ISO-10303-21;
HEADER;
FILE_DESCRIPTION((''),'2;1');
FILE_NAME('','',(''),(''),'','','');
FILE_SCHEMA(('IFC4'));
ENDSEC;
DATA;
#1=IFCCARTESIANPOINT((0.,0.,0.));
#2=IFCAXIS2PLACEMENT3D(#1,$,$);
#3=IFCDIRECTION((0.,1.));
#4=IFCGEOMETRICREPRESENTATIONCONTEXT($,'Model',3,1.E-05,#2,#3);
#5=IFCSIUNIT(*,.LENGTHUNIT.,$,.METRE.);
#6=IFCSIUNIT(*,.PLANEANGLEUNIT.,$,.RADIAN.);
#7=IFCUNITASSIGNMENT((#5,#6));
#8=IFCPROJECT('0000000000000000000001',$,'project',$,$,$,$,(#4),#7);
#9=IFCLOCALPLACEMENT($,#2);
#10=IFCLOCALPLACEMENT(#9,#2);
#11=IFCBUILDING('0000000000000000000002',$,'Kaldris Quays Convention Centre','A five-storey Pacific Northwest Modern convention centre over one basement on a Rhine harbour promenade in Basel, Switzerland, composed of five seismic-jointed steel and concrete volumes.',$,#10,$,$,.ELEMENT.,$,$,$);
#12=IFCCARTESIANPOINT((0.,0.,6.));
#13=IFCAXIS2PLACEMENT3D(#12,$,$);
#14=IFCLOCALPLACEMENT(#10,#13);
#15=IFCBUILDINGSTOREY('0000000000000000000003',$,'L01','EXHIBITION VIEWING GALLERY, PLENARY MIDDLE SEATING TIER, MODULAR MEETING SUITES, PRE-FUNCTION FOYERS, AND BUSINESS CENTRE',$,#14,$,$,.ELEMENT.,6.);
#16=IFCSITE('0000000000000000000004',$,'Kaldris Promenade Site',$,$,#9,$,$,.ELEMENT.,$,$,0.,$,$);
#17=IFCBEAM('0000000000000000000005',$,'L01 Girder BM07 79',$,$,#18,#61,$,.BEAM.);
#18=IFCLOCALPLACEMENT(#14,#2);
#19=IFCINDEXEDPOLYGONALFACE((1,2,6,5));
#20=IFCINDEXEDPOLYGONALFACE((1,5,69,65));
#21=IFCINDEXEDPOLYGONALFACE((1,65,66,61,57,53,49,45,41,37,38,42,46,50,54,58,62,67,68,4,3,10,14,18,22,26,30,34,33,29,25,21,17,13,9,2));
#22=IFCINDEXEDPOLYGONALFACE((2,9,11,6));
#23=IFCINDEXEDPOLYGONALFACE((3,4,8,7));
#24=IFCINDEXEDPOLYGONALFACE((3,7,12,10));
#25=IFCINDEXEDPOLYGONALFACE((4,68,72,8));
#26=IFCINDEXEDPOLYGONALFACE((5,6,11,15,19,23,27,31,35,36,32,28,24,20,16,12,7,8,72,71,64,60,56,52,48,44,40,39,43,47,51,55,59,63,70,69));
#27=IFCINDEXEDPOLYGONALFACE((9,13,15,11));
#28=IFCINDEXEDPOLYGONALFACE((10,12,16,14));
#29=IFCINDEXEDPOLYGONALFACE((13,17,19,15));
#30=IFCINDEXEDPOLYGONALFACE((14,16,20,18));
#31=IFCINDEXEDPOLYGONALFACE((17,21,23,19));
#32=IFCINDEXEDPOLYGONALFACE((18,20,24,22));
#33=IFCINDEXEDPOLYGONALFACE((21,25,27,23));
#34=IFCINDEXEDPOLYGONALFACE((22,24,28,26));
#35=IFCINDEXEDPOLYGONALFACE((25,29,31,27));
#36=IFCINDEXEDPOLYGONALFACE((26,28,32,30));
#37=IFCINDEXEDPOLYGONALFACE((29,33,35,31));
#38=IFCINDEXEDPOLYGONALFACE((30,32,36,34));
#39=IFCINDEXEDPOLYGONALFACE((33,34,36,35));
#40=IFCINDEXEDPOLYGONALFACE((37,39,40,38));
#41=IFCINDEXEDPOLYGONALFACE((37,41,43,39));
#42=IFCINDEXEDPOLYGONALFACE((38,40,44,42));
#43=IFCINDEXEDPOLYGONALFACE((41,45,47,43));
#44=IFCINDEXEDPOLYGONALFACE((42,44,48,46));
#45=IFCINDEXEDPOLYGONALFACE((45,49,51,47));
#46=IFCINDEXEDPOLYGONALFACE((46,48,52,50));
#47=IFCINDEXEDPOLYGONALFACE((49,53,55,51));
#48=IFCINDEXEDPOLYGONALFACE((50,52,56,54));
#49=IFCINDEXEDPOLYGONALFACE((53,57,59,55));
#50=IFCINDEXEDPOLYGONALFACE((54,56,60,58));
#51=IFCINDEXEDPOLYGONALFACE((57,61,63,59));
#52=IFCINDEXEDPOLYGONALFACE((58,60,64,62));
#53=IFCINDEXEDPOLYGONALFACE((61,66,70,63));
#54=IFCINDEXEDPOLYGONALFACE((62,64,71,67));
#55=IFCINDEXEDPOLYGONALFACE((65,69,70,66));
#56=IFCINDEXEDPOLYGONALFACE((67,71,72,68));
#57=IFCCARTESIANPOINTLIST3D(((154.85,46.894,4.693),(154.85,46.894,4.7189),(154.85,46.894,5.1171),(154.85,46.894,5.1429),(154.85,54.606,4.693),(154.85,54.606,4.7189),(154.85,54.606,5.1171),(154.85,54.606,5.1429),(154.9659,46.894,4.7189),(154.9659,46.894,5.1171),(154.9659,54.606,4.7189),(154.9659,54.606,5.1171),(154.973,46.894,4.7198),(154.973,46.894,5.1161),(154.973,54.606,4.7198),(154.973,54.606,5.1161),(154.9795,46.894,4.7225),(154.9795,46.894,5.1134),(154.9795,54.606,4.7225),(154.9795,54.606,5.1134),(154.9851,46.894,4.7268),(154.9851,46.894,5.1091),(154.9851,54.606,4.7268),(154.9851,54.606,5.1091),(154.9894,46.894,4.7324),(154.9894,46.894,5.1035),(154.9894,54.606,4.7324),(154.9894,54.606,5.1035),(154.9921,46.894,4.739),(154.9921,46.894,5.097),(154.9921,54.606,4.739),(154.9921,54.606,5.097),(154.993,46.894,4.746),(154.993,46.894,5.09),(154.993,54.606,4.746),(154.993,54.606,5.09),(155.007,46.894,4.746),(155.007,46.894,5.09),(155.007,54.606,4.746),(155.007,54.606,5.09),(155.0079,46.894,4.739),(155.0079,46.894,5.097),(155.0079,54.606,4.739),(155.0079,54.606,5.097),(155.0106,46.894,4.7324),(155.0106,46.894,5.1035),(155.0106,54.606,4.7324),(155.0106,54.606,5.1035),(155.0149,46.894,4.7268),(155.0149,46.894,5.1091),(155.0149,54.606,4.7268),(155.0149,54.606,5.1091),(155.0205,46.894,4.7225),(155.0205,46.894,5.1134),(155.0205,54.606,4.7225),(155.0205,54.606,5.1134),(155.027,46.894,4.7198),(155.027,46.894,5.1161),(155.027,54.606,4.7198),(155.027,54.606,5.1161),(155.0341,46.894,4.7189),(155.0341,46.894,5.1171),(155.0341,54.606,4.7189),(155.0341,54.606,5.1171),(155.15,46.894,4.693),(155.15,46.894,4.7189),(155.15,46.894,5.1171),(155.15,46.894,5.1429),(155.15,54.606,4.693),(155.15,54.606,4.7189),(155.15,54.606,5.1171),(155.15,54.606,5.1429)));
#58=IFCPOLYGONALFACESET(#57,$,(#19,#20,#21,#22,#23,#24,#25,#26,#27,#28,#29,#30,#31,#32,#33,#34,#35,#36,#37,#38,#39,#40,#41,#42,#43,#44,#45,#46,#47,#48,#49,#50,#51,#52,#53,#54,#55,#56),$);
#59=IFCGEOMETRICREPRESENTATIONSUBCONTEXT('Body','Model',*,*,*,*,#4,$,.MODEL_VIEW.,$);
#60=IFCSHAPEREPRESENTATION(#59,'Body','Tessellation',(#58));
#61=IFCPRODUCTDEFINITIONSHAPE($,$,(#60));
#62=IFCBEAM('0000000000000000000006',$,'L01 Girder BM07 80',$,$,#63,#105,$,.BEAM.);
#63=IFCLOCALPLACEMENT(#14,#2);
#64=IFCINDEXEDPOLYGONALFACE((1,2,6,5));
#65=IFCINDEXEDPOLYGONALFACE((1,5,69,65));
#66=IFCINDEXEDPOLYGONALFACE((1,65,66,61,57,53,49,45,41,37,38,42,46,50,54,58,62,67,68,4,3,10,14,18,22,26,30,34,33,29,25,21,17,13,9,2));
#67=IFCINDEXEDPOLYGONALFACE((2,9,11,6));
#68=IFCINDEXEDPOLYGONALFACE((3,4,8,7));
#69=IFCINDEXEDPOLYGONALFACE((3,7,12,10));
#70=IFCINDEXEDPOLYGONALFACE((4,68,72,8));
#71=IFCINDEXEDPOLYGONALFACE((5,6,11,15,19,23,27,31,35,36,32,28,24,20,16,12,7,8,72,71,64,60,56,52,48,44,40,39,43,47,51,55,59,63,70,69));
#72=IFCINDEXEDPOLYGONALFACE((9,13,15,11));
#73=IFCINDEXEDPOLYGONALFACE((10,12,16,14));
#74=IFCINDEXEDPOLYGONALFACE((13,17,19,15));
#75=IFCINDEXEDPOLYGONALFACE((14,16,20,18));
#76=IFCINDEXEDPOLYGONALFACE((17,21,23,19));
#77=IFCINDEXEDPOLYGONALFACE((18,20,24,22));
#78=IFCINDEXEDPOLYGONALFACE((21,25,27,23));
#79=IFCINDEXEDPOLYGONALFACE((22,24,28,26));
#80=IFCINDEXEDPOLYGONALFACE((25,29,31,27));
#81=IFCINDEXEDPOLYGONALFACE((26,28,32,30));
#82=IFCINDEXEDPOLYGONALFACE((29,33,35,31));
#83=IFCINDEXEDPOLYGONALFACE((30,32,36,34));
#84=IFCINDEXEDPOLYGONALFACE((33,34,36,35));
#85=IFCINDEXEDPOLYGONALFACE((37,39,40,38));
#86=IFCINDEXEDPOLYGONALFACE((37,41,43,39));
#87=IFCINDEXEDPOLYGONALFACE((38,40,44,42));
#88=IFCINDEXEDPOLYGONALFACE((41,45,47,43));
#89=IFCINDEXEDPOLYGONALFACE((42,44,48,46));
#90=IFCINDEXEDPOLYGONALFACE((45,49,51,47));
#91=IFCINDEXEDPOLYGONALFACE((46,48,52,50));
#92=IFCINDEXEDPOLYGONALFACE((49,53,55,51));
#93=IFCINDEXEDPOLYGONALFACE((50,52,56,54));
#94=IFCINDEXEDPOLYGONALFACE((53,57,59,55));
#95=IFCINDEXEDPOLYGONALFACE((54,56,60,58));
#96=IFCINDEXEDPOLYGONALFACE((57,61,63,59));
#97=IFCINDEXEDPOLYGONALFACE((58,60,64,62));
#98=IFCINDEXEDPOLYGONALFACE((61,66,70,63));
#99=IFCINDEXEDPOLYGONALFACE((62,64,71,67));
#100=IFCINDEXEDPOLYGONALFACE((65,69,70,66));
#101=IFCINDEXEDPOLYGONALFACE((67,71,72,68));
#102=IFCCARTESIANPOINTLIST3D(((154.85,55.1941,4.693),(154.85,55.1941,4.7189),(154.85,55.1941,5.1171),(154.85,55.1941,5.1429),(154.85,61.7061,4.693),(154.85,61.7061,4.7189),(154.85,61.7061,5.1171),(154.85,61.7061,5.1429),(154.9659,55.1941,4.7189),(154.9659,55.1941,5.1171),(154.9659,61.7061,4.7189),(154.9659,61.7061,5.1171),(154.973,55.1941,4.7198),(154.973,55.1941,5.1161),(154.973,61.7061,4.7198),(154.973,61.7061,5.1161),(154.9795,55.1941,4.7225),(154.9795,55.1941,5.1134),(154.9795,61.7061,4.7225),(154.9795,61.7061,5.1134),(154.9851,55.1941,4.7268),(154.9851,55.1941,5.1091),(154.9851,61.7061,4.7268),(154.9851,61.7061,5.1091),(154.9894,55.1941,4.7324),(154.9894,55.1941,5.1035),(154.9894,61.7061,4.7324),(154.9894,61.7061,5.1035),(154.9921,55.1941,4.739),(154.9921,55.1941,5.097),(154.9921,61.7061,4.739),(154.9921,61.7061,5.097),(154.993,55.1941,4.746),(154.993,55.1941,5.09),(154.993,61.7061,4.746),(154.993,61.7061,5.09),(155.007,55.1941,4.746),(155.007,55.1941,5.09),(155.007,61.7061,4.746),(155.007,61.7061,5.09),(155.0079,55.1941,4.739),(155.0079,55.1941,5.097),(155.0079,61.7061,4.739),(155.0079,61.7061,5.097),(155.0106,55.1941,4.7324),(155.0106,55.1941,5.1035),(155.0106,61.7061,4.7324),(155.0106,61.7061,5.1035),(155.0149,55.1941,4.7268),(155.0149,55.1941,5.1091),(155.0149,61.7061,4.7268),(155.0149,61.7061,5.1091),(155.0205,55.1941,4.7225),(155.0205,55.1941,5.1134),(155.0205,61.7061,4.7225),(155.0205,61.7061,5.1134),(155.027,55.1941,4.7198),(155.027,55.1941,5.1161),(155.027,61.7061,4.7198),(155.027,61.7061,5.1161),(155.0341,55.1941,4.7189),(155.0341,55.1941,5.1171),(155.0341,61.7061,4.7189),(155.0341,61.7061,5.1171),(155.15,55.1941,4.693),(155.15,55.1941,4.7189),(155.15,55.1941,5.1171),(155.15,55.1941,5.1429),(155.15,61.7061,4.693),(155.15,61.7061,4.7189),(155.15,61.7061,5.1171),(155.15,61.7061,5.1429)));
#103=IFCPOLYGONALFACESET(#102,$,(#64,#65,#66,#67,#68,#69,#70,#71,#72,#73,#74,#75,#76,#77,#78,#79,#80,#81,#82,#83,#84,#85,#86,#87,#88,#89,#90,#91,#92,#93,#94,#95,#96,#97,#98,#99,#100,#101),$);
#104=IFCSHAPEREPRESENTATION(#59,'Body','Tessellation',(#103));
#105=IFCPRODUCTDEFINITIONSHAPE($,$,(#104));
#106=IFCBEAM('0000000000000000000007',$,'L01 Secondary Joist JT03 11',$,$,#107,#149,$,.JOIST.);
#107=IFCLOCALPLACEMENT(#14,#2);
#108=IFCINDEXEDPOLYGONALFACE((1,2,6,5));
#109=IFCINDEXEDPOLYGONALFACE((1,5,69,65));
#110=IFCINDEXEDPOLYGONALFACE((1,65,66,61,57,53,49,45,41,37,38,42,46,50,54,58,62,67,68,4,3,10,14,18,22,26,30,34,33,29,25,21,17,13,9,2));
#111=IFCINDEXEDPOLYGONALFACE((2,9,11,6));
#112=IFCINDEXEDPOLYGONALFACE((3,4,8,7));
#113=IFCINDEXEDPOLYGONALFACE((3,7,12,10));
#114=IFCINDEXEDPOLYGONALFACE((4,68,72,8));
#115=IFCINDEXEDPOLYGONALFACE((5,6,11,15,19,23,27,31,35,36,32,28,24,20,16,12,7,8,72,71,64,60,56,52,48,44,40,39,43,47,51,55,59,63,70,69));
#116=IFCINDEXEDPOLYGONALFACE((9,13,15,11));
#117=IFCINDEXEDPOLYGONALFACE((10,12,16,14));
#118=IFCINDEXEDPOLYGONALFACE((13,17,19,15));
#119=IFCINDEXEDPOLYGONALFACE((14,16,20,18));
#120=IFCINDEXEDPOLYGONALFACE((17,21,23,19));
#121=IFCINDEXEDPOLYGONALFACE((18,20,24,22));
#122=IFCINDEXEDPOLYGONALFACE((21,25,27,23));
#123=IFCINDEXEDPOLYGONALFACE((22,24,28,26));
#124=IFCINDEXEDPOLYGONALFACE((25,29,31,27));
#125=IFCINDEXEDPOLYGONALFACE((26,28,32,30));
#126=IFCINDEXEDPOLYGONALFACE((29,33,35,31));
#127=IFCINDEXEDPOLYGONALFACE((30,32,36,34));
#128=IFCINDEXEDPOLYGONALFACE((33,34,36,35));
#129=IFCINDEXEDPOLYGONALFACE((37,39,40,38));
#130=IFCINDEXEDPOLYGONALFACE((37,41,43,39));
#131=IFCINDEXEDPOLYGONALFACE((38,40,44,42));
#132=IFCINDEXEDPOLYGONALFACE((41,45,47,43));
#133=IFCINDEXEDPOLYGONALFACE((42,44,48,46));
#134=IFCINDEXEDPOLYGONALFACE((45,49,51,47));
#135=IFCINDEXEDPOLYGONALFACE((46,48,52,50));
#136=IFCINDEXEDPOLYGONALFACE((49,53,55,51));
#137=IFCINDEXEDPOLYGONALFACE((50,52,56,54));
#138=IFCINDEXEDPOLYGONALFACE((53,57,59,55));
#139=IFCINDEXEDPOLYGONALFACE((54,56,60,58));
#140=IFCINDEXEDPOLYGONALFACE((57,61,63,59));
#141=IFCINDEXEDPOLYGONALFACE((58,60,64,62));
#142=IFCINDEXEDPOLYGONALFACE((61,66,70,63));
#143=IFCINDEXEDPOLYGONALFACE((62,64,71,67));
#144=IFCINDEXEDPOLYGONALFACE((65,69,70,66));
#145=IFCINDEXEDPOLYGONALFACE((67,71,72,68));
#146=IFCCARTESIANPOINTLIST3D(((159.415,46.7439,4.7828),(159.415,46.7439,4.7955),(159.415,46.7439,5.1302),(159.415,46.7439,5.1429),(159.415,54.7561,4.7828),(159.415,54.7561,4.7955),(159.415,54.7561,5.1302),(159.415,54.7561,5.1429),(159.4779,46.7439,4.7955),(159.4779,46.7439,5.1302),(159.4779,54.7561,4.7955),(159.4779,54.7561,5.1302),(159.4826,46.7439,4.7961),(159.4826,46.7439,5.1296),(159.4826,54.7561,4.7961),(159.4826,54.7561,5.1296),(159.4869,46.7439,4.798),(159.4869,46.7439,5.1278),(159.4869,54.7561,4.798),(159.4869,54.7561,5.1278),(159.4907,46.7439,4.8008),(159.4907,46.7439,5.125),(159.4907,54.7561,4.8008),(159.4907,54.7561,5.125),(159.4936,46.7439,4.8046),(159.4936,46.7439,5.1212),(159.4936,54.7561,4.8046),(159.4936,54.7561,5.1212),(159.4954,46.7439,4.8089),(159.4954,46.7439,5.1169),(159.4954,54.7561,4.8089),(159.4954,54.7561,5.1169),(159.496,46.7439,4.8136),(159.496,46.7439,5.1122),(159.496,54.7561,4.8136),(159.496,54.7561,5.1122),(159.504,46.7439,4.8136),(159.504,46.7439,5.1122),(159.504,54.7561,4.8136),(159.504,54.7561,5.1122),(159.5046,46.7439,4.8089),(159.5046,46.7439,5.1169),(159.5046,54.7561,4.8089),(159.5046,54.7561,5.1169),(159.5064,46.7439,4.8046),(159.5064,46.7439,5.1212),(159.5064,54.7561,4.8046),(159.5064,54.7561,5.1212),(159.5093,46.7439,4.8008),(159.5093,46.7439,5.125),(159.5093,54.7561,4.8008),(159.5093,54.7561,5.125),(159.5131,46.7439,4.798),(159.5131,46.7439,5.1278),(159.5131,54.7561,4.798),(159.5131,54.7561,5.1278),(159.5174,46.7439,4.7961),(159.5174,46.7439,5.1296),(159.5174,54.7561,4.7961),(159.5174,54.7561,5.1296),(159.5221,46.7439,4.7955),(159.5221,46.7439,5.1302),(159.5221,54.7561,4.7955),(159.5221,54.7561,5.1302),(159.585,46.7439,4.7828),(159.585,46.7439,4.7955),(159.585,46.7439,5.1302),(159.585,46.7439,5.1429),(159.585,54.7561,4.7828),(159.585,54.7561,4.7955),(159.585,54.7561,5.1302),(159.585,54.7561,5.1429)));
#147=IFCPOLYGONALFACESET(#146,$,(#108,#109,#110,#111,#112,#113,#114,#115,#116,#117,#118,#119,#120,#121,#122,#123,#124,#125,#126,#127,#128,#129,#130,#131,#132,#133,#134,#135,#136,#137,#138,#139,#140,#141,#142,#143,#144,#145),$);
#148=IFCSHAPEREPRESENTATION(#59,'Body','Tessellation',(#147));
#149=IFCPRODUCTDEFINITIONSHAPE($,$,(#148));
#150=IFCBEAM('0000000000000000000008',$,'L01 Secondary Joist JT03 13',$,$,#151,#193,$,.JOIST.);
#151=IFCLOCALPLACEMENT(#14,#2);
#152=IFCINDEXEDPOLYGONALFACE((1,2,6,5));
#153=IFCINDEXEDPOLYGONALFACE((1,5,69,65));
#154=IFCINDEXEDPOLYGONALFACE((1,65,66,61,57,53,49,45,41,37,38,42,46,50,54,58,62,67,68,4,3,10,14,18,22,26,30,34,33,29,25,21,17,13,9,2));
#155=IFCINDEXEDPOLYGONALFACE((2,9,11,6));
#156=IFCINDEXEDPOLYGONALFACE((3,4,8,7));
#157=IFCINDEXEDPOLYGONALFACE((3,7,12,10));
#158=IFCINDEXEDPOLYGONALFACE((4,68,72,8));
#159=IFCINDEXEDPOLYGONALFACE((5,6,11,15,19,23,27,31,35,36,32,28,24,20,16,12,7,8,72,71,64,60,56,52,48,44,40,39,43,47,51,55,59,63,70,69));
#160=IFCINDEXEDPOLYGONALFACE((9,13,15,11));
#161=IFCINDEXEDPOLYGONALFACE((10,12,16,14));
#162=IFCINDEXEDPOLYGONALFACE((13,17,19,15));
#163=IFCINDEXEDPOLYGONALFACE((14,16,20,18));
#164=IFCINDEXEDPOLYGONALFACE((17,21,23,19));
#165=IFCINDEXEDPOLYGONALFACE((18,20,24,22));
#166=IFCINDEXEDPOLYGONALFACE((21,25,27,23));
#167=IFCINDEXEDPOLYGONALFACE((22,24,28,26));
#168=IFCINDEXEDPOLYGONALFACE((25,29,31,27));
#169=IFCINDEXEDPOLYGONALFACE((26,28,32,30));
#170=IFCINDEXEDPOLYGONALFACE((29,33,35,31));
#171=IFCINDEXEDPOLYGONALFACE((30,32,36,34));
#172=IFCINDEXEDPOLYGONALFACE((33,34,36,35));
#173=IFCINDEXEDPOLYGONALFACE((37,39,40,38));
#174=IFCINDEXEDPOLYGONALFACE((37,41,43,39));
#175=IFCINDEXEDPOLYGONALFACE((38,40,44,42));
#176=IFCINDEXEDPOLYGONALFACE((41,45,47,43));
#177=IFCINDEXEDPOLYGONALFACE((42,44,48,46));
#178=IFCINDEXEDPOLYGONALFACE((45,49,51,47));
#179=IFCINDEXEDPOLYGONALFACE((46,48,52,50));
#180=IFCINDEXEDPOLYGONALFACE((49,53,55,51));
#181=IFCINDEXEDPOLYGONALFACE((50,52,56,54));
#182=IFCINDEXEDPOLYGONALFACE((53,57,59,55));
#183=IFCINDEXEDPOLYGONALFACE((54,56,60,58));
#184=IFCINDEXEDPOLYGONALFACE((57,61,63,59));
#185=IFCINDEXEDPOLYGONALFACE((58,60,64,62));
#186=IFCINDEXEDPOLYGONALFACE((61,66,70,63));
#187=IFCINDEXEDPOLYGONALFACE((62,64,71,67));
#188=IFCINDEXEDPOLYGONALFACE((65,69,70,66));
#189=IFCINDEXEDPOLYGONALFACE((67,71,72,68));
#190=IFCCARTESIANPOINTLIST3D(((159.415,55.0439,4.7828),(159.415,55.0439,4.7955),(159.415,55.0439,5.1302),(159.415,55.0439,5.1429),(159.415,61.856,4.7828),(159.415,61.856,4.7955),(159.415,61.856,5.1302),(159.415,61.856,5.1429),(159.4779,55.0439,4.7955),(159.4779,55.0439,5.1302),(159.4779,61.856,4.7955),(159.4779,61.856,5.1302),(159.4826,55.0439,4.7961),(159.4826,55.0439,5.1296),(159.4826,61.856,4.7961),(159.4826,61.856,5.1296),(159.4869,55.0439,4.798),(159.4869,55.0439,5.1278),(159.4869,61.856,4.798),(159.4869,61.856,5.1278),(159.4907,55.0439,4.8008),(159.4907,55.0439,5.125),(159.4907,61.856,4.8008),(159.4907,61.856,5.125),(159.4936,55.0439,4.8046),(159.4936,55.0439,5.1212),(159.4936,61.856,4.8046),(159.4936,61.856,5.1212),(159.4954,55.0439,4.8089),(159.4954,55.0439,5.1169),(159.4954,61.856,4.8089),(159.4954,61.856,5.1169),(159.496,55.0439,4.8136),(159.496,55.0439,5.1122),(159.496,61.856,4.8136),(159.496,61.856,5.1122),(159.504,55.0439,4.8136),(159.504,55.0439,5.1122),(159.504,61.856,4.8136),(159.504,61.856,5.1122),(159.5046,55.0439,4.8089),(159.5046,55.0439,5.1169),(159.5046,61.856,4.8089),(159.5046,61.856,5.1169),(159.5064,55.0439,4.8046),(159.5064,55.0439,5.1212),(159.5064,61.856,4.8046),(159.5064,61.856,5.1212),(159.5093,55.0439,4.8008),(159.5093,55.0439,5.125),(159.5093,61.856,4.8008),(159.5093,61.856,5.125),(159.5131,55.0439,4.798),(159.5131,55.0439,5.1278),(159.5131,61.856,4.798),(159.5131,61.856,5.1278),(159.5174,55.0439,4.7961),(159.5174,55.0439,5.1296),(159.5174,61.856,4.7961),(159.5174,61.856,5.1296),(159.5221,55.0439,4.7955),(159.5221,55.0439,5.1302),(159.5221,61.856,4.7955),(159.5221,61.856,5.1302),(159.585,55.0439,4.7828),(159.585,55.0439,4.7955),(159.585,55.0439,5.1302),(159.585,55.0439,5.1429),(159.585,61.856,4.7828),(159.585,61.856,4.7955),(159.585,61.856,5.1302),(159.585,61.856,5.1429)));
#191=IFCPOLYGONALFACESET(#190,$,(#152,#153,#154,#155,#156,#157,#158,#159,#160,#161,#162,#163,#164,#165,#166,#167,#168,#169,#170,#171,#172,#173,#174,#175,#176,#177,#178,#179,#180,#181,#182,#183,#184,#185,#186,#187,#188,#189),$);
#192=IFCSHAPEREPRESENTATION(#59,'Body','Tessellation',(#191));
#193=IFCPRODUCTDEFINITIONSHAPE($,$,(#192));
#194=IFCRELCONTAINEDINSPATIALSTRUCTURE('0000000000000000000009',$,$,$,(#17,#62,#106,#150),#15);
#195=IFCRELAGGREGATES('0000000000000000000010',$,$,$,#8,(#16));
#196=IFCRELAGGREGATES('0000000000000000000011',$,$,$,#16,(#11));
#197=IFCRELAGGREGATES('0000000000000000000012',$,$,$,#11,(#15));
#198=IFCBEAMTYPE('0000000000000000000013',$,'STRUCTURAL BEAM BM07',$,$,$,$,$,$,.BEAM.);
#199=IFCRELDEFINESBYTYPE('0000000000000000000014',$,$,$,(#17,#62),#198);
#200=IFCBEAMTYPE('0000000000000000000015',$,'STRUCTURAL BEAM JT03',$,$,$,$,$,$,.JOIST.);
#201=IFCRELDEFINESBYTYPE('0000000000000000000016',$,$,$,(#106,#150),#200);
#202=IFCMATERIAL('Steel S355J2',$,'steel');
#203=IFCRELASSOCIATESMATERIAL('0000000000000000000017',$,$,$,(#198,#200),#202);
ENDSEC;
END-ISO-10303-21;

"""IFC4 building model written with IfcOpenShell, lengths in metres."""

from ifc_helpers import new_model, si_unit, direction, frame, origin, origin_2d, place, context, subcontext, project, spatial, i_section, extrude, material, material_profile, profile_set, type_object, element, save


model = new_model("IFC4")

# Units and contexts
model_context = context("Model", 3, precision=1e-05, world=origin(), true_north=direction((0.0, 1.0)))
body_context = subcontext(model_context, "Body", "Model", "MODEL_VIEW")
ifc_project = project(units=[si_unit("LENGTHUNIT", "METRE"), si_unit("PLANEANGLEUNIT", "RADIAN")], contexts=[model_context])

# Site, building, storey
site_placement = place(None, origin())
site = spatial("IfcSite", under=ifc_project, at=site_placement, Name="Kaldris Promenade Site", CompositionType="ELEMENT", RefElevation=0.0)
building_placement = place(site_placement, origin())
building = spatial("IfcBuilding", under=site, at=building_placement, Name="Kaldris Quays Convention Centre", Description="A five-storey Pacific Northwest Modern convention centre over one basement on a Rhine harbour promenade in Basel, Switzerland, composed of five seismic-jointed steel and concrete volumes.", CompositionType="ELEMENT")
storey_placement = place(building_placement, frame((0.0, 0.0, 6.0)))
storey = spatial("IfcBuildingStorey", under=building, at=storey_placement, Name="L01", Description="EXHIBITION VIEWING GALLERY, PLENARY MIDDLE SEATING TIER, MODULAR MEETING SUITES, PRE-FUNCTION FOYERS, AND BUSINESS CENTRE", CompositionType="ELEMENT", Elevation=6.0)

# Shared definitions
ifc_material_1 = material(Name="Steel S355J2", Category="steel")

# Beams
ifc_material_profile_1 = material_profile(ifc_material_1, i_section(OverallWidth=0.3, OverallDepth=0.45, WebThickness=0.0139, FlangeThickness=0.0259, FilletRadius=0.0271, at=origin_2d()), Name="HEB 450")
ifc_profile_set_1 = profile_set([ifc_material_profile_1], Name="Steel S355J2")
beam_type_1 = type_object("IfcBeamType", Name="STRUCTURAL BEAM BM07", PredefinedType="BEAM", material=ifc_profile_set_1)
beam_1_placement = place(storey_placement, frame((155.0, 46.894, 4.918), z_axis=(0.0, 1.0, 0.0), x_axis=(-1.0, 0.0, 0.0)))
element("IfcBeam", 1, at=beam_1_placement, inside=storey, type_object=beam_type_1, Name="L01 Girder BM07 79", PredefinedType="BEAM", context=body_context, shape_type="SweptSolid", body=[
    extrude(i_section(OverallWidth=0.3, OverallDepth=0.45, WebThickness=0.0139, FlangeThickness=0.0259, FilletRadius=0.0271, at=origin_2d()), origin(), (0.0, 0.0, 1.0), 7.7119),
])
beam_2_placement = place(storey_placement, frame((155.0, 55.1941, 4.918), z_axis=(0.0, 1.0, 0.0), x_axis=(-1.0, 0.0, 0.0)))
element("IfcBeam", 2, at=beam_2_placement, inside=storey, type_object=beam_type_1, Name="L01 Girder BM07 80", PredefinedType="BEAM", context=body_context, shape_type="SweptSolid", body=[
    extrude(i_section(OverallWidth=0.3, OverallDepth=0.45, WebThickness=0.0139, FlangeThickness=0.0259, FilletRadius=0.0271, at=origin_2d()), origin(), (0.0, 0.0, 1.0), 6.512),
])
ifc_material_profile_2 = material_profile(ifc_material_1, i_section(OverallWidth=0.1699, OverallDepth=0.3601, WebThickness=0.0081, FlangeThickness=0.0127, FilletRadius=0.0181, at=origin_2d()), Name="IPE 360")
ifc_profile_set_2 = profile_set([ifc_material_profile_2], Name="Steel S355J2")
beam_type_2 = type_object("IfcBeamType", Name="STRUCTURAL BEAM JT03", PredefinedType="JOIST", material=ifc_profile_set_2)
beam_3_placement = place(storey_placement, frame((159.5, 46.7439, 4.9629), z_axis=(0.0, 1.0, 0.0), x_axis=(-1.0, 0.0, 0.0)))
element("IfcBeam", 3, at=beam_3_placement, inside=storey, type_object=beam_type_2, Name="L01 Secondary Joist JT03 11", PredefinedType="JOIST", context=body_context, shape_type="SweptSolid", body=[
    extrude(i_section(OverallWidth=0.1699, OverallDepth=0.3601, WebThickness=0.0081, FlangeThickness=0.0127, FilletRadius=0.0181, at=origin_2d()), origin(), (0.0, 0.0, 1.0), 8.0122),
])
beam_4_placement = place(storey_placement, frame((159.5, 55.0439, 4.9629), z_axis=(0.0, 1.0, 0.0), x_axis=(-1.0, 0.0, 0.0)))
element("IfcBeam", 4, at=beam_4_placement, inside=storey, type_object=beam_type_2, Name="L01 Secondary Joist JT03 13", PredefinedType="JOIST", context=body_context, shape_type="SweptSolid", body=[
    extrude(i_section(OverallWidth=0.1699, OverallDepth=0.3601, WebThickness=0.0081, FlangeThickness=0.0127, FilletRadius=0.0181, at=origin_2d()), origin(), (0.0, 0.0, 1.0), 6.812),
])

save(model, "model.ifc")
